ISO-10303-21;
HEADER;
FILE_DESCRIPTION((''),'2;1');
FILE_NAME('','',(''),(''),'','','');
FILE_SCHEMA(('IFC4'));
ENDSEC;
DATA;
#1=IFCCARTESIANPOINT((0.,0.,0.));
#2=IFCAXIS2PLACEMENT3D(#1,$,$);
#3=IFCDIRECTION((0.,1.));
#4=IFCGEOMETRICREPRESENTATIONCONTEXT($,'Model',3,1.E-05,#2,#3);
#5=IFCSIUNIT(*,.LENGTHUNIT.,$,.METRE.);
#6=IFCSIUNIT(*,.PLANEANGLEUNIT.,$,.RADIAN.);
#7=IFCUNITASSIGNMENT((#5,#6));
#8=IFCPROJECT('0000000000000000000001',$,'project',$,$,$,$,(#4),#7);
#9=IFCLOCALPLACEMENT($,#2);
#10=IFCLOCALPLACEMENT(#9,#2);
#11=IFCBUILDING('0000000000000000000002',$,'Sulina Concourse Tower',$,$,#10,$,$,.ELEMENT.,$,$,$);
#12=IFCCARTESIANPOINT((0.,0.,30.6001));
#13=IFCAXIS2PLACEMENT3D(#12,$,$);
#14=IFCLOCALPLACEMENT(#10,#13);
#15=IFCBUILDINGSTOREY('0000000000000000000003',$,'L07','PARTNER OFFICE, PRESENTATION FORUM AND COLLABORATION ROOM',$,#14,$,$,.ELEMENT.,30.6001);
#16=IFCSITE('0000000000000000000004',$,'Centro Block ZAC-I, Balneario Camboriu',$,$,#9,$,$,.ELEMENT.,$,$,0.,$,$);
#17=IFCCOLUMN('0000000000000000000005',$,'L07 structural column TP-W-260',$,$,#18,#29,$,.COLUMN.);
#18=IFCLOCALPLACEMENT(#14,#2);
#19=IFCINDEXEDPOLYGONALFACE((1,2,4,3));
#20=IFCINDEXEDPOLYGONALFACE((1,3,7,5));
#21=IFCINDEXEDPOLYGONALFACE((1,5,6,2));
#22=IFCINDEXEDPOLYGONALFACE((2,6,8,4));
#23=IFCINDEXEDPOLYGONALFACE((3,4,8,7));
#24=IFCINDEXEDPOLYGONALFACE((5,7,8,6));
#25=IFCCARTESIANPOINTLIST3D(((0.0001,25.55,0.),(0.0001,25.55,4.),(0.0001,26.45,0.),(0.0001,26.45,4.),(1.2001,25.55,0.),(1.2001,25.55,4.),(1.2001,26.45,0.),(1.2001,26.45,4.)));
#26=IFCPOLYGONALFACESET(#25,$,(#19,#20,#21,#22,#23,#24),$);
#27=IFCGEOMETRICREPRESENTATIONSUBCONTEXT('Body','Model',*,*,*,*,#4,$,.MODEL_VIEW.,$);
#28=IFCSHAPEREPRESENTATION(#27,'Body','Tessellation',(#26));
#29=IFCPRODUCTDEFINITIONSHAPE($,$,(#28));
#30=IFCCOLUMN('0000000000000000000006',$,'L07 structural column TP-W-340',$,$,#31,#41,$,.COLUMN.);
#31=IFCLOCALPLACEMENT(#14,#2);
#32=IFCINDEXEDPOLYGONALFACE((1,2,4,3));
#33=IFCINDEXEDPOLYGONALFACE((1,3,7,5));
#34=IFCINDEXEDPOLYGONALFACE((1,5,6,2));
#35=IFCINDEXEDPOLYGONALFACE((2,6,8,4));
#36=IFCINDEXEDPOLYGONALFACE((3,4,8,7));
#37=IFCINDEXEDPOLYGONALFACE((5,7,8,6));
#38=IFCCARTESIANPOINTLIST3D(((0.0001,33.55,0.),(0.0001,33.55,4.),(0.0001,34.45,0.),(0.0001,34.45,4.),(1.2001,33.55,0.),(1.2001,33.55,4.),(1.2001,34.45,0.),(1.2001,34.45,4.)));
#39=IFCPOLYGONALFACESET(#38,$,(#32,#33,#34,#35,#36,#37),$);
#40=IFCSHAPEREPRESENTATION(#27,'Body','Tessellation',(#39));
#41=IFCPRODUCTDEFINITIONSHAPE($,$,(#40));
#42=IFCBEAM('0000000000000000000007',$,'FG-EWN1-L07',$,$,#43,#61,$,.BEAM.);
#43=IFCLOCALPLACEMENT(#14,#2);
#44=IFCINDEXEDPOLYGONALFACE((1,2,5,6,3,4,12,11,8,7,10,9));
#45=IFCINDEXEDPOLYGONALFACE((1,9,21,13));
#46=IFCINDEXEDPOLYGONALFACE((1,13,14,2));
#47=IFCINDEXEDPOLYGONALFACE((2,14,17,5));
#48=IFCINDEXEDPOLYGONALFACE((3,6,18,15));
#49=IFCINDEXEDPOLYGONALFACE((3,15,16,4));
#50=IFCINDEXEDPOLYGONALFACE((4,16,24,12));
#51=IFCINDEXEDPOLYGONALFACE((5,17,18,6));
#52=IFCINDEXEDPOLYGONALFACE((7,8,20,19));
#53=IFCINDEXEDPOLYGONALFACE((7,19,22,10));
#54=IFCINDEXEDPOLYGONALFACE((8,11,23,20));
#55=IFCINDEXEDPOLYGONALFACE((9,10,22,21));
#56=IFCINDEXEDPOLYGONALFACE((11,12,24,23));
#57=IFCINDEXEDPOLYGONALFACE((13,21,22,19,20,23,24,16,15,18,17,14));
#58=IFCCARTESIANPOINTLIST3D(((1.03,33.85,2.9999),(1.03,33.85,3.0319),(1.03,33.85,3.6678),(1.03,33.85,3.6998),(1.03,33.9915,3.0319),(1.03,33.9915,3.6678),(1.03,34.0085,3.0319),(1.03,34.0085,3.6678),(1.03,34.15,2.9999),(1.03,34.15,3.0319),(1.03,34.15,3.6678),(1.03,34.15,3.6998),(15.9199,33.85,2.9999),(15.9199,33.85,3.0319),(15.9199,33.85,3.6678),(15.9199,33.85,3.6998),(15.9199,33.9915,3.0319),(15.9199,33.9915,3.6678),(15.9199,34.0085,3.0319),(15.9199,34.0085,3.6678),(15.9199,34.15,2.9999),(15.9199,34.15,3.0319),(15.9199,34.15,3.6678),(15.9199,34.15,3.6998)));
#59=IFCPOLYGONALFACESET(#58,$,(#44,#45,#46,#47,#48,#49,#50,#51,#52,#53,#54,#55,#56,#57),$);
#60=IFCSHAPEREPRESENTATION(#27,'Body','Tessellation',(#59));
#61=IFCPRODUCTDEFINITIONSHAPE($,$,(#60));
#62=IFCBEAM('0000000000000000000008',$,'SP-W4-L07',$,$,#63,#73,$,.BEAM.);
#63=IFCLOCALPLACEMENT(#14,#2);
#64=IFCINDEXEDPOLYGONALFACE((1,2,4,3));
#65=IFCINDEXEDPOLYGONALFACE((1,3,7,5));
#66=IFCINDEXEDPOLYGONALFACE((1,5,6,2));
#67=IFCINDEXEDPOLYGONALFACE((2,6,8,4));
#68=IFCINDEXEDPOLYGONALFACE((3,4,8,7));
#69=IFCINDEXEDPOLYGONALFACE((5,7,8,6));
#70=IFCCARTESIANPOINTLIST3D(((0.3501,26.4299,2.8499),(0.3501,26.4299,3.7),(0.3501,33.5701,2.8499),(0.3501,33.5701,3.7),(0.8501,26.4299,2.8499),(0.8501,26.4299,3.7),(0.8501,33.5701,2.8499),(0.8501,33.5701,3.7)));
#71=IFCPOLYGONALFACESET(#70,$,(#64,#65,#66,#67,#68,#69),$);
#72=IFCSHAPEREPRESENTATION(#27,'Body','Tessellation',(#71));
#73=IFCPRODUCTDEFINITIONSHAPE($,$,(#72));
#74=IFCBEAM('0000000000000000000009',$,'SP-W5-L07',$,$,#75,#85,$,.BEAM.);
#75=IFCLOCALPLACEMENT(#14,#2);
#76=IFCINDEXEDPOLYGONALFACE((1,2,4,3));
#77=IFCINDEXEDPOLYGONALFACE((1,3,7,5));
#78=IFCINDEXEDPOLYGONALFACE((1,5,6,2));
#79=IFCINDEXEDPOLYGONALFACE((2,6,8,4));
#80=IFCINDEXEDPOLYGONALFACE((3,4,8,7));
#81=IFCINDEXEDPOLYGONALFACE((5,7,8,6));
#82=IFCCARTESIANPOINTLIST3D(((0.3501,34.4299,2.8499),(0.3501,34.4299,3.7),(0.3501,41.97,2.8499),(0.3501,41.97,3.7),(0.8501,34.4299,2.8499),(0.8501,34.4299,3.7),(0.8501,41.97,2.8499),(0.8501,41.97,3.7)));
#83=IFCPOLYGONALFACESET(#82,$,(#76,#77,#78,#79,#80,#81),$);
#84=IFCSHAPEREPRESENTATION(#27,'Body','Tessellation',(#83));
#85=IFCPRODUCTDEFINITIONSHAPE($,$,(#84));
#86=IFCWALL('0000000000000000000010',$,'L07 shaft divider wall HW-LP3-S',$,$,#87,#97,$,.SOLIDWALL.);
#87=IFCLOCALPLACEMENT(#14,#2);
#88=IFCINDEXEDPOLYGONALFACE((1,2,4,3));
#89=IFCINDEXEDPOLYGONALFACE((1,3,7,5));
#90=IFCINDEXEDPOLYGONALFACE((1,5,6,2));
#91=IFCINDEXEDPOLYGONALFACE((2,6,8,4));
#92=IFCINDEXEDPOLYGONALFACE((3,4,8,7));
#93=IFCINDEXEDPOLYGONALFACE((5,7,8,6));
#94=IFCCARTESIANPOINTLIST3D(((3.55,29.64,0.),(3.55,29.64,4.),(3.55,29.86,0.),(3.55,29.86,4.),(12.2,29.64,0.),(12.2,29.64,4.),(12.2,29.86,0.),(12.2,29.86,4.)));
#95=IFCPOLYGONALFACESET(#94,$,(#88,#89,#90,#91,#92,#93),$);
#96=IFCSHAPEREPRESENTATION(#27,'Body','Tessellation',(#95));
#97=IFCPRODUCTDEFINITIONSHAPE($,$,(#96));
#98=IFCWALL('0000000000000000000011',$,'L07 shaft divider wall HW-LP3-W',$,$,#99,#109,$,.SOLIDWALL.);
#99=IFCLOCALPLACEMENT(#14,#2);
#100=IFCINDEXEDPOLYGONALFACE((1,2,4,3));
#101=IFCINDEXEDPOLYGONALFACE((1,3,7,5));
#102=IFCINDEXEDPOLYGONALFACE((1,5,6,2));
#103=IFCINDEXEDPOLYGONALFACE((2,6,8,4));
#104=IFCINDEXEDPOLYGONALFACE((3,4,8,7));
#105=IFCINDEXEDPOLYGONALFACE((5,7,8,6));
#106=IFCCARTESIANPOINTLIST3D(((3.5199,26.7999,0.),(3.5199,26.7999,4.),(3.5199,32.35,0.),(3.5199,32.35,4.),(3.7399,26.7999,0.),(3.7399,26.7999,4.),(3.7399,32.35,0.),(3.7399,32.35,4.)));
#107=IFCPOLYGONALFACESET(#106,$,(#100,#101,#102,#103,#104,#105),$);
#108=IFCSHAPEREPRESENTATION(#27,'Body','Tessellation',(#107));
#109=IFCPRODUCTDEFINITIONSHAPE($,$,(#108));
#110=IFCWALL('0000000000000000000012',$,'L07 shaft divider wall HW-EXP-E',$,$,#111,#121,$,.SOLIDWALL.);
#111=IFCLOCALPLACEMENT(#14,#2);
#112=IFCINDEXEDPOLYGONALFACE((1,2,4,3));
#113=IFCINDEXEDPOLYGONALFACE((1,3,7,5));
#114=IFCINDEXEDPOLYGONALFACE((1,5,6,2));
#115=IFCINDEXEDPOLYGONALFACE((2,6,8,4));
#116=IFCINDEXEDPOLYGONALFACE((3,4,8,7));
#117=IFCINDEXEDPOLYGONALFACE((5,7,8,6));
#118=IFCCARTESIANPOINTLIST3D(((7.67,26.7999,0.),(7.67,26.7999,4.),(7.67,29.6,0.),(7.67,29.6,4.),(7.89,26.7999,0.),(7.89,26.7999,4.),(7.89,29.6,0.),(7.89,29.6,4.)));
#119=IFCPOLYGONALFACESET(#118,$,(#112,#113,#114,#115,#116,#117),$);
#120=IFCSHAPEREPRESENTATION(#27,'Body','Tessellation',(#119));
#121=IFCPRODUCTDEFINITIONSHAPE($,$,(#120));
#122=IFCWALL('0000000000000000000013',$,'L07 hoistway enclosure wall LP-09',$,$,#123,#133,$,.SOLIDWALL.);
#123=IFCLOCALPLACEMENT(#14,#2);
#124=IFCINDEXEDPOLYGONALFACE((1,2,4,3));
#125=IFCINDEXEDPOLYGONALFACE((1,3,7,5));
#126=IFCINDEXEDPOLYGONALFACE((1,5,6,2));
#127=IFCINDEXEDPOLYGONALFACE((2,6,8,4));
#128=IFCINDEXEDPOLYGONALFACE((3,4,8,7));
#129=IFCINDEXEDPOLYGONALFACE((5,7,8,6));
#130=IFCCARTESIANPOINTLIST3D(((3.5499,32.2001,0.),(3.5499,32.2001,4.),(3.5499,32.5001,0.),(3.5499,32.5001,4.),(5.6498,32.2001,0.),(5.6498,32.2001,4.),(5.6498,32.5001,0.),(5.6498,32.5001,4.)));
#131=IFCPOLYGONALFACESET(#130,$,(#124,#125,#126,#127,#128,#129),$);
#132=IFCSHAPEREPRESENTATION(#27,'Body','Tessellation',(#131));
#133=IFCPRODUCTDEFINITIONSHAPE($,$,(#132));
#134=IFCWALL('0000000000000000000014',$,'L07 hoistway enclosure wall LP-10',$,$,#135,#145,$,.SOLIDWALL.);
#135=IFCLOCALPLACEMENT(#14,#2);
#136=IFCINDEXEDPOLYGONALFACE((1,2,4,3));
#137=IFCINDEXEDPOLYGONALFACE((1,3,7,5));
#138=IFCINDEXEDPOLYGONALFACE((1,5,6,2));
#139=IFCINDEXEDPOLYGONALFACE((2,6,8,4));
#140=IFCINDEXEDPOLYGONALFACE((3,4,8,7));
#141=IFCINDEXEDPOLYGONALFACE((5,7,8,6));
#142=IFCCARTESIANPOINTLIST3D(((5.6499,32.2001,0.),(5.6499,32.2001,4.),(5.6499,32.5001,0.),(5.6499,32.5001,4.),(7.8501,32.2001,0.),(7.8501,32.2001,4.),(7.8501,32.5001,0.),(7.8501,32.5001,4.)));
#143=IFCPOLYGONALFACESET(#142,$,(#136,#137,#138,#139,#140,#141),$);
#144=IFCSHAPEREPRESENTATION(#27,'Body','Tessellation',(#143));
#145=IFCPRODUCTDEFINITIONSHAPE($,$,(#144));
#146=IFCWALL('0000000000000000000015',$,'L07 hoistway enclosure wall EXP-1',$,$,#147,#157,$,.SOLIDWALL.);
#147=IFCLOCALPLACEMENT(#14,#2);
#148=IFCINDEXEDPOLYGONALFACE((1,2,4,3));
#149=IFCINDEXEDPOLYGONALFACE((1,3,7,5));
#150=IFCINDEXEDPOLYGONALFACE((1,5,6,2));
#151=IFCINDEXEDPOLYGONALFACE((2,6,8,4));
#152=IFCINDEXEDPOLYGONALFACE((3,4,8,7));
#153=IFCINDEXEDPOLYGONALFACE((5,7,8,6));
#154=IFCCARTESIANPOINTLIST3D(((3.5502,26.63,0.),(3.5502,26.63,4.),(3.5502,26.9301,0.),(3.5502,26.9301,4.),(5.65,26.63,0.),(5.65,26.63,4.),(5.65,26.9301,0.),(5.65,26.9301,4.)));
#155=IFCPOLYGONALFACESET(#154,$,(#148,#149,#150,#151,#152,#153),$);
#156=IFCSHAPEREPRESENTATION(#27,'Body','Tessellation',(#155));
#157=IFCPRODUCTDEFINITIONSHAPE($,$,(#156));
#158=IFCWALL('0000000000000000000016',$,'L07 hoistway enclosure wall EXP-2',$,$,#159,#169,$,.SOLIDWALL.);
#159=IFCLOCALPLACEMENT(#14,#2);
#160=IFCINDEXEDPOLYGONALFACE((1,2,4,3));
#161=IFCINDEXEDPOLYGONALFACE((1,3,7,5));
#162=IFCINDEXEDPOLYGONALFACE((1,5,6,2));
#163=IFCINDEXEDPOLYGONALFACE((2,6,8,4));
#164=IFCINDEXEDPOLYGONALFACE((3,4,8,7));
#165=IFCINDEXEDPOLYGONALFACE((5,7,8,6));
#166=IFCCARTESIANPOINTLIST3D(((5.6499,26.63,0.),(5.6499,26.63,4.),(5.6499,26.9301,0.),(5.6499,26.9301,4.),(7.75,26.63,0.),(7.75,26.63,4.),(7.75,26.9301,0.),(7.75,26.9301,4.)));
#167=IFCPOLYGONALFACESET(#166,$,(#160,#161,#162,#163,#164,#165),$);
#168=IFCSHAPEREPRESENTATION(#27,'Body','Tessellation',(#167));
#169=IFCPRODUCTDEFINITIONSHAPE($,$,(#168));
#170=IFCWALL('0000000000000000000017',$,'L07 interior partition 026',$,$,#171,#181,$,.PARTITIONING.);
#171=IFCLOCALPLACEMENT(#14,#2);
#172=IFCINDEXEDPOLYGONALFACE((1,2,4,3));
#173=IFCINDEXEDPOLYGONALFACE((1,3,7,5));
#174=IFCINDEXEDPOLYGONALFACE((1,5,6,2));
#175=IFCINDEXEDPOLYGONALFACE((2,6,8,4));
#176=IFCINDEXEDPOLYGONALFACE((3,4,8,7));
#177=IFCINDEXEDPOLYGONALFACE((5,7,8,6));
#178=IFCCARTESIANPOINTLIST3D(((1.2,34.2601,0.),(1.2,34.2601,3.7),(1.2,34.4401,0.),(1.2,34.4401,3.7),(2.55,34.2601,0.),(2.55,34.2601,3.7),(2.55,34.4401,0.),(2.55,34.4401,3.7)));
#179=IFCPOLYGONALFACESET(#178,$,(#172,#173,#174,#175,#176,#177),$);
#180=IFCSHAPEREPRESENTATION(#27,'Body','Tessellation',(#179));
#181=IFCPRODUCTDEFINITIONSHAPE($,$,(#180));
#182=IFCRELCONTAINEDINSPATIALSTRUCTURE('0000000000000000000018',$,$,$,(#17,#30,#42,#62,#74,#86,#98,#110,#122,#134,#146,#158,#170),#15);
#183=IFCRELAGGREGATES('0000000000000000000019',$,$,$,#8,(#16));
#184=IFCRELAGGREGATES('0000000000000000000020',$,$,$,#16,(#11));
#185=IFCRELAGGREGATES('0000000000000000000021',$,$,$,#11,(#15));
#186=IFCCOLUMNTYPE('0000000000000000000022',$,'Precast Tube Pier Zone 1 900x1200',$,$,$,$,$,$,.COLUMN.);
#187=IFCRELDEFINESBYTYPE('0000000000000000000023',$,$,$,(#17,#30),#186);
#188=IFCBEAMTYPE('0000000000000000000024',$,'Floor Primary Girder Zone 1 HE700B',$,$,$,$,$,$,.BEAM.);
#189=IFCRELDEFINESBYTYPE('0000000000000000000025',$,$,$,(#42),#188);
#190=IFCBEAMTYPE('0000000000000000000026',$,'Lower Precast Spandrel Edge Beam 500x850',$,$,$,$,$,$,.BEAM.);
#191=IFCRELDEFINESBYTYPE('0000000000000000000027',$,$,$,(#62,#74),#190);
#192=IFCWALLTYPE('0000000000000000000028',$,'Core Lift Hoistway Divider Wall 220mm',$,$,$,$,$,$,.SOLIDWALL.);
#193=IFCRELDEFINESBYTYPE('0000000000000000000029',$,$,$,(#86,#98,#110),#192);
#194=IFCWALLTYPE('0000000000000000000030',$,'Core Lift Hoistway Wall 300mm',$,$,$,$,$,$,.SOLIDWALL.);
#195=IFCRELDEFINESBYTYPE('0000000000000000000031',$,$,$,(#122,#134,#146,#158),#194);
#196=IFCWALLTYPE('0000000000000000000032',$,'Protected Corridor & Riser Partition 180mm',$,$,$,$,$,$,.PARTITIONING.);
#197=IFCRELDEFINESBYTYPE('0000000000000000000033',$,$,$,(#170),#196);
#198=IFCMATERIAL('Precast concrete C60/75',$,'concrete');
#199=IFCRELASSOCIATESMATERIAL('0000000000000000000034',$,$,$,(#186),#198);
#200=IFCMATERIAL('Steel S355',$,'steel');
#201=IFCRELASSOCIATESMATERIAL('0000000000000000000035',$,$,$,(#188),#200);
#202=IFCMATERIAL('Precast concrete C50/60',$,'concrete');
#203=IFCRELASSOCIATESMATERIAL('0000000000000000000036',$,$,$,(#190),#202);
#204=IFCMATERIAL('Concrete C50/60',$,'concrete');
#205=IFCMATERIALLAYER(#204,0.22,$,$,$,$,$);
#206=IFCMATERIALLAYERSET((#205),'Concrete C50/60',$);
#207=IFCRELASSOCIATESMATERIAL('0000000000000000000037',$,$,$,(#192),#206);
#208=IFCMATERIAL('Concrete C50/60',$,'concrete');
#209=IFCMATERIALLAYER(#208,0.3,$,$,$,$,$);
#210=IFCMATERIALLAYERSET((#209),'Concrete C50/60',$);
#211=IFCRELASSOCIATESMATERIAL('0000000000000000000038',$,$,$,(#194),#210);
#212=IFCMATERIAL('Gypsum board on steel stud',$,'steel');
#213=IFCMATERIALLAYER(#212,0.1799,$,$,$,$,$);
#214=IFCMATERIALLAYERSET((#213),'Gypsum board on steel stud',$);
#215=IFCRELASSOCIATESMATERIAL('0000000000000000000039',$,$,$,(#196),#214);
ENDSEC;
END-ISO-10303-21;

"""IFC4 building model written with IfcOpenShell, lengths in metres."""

from ifc_helpers import new_model, si_unit, direction, frame, frame_2d, origin, origin_2d, place, context, subcontext, project, spatial, rectangle, i_section, extrude, material, layer, layer_set, material_profile, profile_set, type_object, element, save


model = new_model("IFC4")

# Units and contexts
model_context = context("Model", 3, precision=1e-05, world=origin(), true_north=direction((0.0, 1.0)))
body_context = subcontext(model_context, "Body", "Model", "MODEL_VIEW")
ifc_project = project(units=[si_unit("LENGTHUNIT", "METRE"), si_unit("PLANEANGLEUNIT", "RADIAN")], contexts=[model_context])

# Site, building, storey
site_placement = place(None, origin())
site = spatial("IfcSite", under=ifc_project, at=site_placement, Name="Centro Block ZAC-I, Balneario Camboriu", CompositionType="ELEMENT", RefElevation=0.0)
building_placement = place(site_placement, origin())
building = spatial("IfcBuilding", under=site, at=building_placement, Name="Sulina Concourse Tower", CompositionType="ELEMENT")
storey_placement = place(building_placement, frame((0.0, 0.0, 30.6001)))
storey = spatial("IfcBuildingStorey", under=building, at=storey_placement, Name="L07", Description="PARTNER OFFICE, PRESENTATION FORUM AND COLLABORATION ROOM", CompositionType="ELEMENT", Elevation=30.6001)

# Columns
ifc_material_1 = material(Name="Precast concrete C60/75", Category="concrete")
ifc_material_profile_1 = material_profile(ifc_material_1, rectangle(XDim=0.8999, YDim=1.2, at=origin_2d()), Name="PC 900x1200")
ifc_profile_set_1 = profile_set([ifc_material_profile_1], Name="Precast concrete C60/75")
column_type = type_object("IfcColumnType", Name="Precast Tube Pier Zone 1 900x1200", PredefinedType="COLUMN", material=ifc_profile_set_1)
for number, where, z_axis, x_axis, name in (
    (1, (0.6001, 26.0, 0.0), (0.0, 0.0, 1.0), (0.0, 1.0, 0.0), "L07 structural column TP-W-260"),
    (2, (0.6001, 34.0, 0.0), (0.0, 0.0, 1.0), (0.0, 1.0, 0.0), "L07 structural column TP-W-340"),
):
    element("IfcColumn", number, at=place(storey_placement, frame(where, z_axis=z_axis, x_axis=x_axis)), inside=storey, type_object=column_type, Name=name, PredefinedType="COLUMN", context=body_context, shape_type="SweptSolid", body=[
        extrude(rectangle(XDim=0.8999, YDim=1.2, at=origin_2d()), origin(), (0.0, 0.0, 1.0), 4.0),
    ])

# Beams
ifc_material_2 = material(Name="Steel S355", Category="steel")
ifc_material_profile_2 = material_profile(ifc_material_2, i_section(OverallWidth=0.3, OverallDepth=0.7, WebThickness=0.0171, FlangeThickness=0.032, at=origin_2d()), Name="HE 700 B")
ifc_profile_set_2 = profile_set([ifc_material_profile_2], Name="Steel S355")
beam_type_1 = type_object("IfcBeamType", Name="Floor Primary Girder Zone 1 HE700B", PredefinedType="BEAM", material=ifc_profile_set_2)
beam_1_placement = place(storey_placement, frame((1.03, 34.0, 3.3499), z_axis=(1.0, 0.0, 0.0), x_axis=(0.0, 1.0, 0.0)))
element("IfcBeam", 3, at=beam_1_placement, inside=storey, type_object=beam_type_1, Name="FG-EWN1-L07", PredefinedType="BEAM", context=body_context, shape_type="SweptSolid", body=[
    extrude(i_section(OverallWidth=0.3, OverallDepth=0.7, WebThickness=0.0171, FlangeThickness=0.032, at=origin_2d()), origin(), (0.0, 0.0, 1.0), 14.8899),
])
ifc_material_3 = material(Name="Precast concrete C50/60", Category="concrete")
ifc_material_profile_3 = material_profile(ifc_material_3, rectangle(XDim=0.5, YDim=0.8501, at=origin_2d()), Name="RC 500x850")
ifc_profile_set_3 = profile_set([ifc_material_profile_3], Name="Precast concrete C50/60")
beam_type_2 = type_object("IfcBeamType", Name="Lower Precast Spandrel Edge Beam 500x850", PredefinedType="BEAM", material=ifc_profile_set_3)
beam_2_placement = place(storey_placement, frame((0.6001, 26.4299, 3.2749), z_axis=(0.0, 1.0, 0.0), x_axis=(-1.0, 0.0, 0.0)))
element("IfcBeam", 4, at=beam_2_placement, inside=storey, type_object=beam_type_2, Name="SP-W4-L07", PredefinedType="BEAM", context=body_context, shape_type="SweptSolid", body=[
    extrude(rectangle(XDim=0.5, YDim=0.8501, at=origin_2d()), origin(), (0.0, 0.0, 1.0), 7.1401),
])
beam_3_placement = place(storey_placement, frame((0.6001, 34.4299, 3.2749), z_axis=(0.0, 1.0, 0.0), x_axis=(-1.0, 0.0, 0.0)))
element("IfcBeam", 5, at=beam_3_placement, inside=storey, type_object=beam_type_2, Name="SP-W5-L07", PredefinedType="BEAM", context=body_context, shape_type="SweptSolid", body=[
    extrude(rectangle(XDim=0.5, YDim=0.8501, at=origin_2d()), origin(), (0.0, 0.0, 1.0), 7.54),
])

# Walls
ifc_material_4 = material(Name="Concrete C50/60", Category="concrete")
ifc_layer_1 = layer(ifc_material_4, 0.22)
ifc_layer_set_1 = layer_set([ifc_layer_1], Name="Concrete C50/60")
wall_type_1 = type_object("IfcWallType", Name="Core Lift Hoistway Divider Wall 220mm", PredefinedType="SOLIDWALL", material=ifc_layer_set_1)
wall_1_placement = place(storey_placement, frame((3.55, 29.75, 0.0), z_axis=(0.0, 0.0, 1.0), x_axis=(1.0, 0.0, 0.0)))
element("IfcWall", 6, at=wall_1_placement, inside=storey, type_object=wall_type_1, Name="L07 shaft divider wall HW-LP3-S", PredefinedType="SOLIDWALL", context=body_context, shape_type="SweptSolid", body=[
    extrude(rectangle(XDim=8.6499, YDim=0.22, at=frame_2d((4.325, 0.0))), origin(), (0.0, 0.0, 1.0), 4.0),
])
wall_2_placement = place(storey_placement, frame((3.6299, 26.8, 0.0), z_axis=(0.0, 0.0, 1.0), x_axis=(0.0, 1.0, 0.0)))
element("IfcWall", 7, at=wall_2_placement, inside=storey, type_object=wall_type_1, Name="L07 shaft divider wall HW-LP3-W", PredefinedType="SOLIDWALL", context=body_context, shape_type="SweptSolid", body=[
    extrude(rectangle(XDim=5.55, YDim=0.22, at=frame_2d((2.7749, 0.0))), origin(), (0.0, 0.0, 1.0), 4.0),
])
wall_3_placement = place(storey_placement, frame((7.78, 26.8, 0.0), z_axis=(0.0, 0.0, 1.0), x_axis=(0.0, 1.0, 0.0)))
element("IfcWall", 8, at=wall_3_placement, inside=storey, type_object=wall_type_1, Name="L07 shaft divider wall HW-EXP-E", PredefinedType="SOLIDWALL", context=body_context, shape_type="SweptSolid", body=[
    extrude(rectangle(XDim=2.8, YDim=0.22, at=frame_2d((1.3999, 0.0))), origin(), (0.0, 0.0, 1.0), 4.0),
])
ifc_material_5 = material(Name="Concrete C50/60", Category="concrete")
ifc_layer_2 = layer(ifc_material_5, 0.3)
ifc_layer_set_2 = layer_set([ifc_layer_2], Name="Concrete C50/60")
wall_type_2 = type_object("IfcWallType", Name="Core Lift Hoistway Wall 300mm", PredefinedType="SOLIDWALL", material=ifc_layer_set_2)
wall_4_placement = place(storey_placement, frame((3.55, 32.3501, 0.0), z_axis=(0.0, 0.0, 1.0), x_axis=(1.0, 0.0, 0.0)))
element("IfcWall", 9, at=wall_4_placement, inside=storey, type_object=wall_type_2, Name="L07 hoistway enclosure wall LP-09", PredefinedType="SOLIDWALL", context=body_context, shape_type="SweptSolid", body=[
    extrude(rectangle(XDim=2.0999, YDim=0.3, at=frame_2d((1.0498, 0.0))), origin(), (0.0, 0.0, 1.0), 4.0),
])
wall_5_placement = place(storey_placement, frame((5.6499, 32.3501, 0.0), z_axis=(0.0, 0.0, 1.0), x_axis=(1.0, 0.0, 0.0)))
element("IfcWall", 10, at=wall_5_placement, inside=storey, type_object=wall_type_2, Name="L07 hoistway enclosure wall LP-10", PredefinedType="SOLIDWALL", context=body_context, shape_type="SweptSolid", body=[
    extrude(rectangle(XDim=2.2002, YDim=0.3, at=frame_2d((1.1001, 0.0))), origin(), (0.0, 0.0, 1.0), 4.0),
])
wall_6_placement = place(storey_placement, frame((5.6499, 26.78, 0.0), z_axis=(0.0, 0.0, 1.0), x_axis=(-1.0, 0.0, 0.0)))
element("IfcWall", 11, at=wall_6_placement, inside=storey, type_object=wall_type_2, Name="L07 hoistway enclosure wall EXP-1", PredefinedType="SOLIDWALL", context=body_context, shape_type="SweptSolid", body=[
    extrude(rectangle(XDim=2.0999, YDim=0.3, at=frame_2d((1.0498, 0.0))), origin(), (0.0, 0.0, 1.0), 4.0),
])
wall_7_placement = place(storey_placement, frame((7.75, 26.78, 0.0), z_axis=(0.0, 0.0, 1.0), x_axis=(-1.0, 0.0, 0.0)))
element("IfcWall", 12, at=wall_7_placement, inside=storey, type_object=wall_type_2, Name="L07 hoistway enclosure wall EXP-2", PredefinedType="SOLIDWALL", context=body_context, shape_type="SweptSolid", body=[
    extrude(rectangle(XDim=2.1001, YDim=0.3, at=frame_2d((1.05, 0.0))), origin(), (0.0, 0.0, 1.0), 4.0),
])
ifc_material_6 = material(Name="Gypsum board on steel stud", Category="steel")
ifc_layer_3 = layer(ifc_material_6, 0.1799)
ifc_layer_set_3 = layer_set([ifc_layer_3], Name="Gypsum board on steel stud")
wall_type_3 = type_object("IfcWallType", Name="Protected Corridor & Riser Partition 180mm", PredefinedType="PARTITIONING", material=ifc_layer_set_3)
wall_8_placement = place(storey_placement, frame((1.2, 34.3501, 0.0), z_axis=(0.0, 0.0, 1.0), x_axis=(1.0, 0.0, 0.0)))
element("IfcWall", 13, at=wall_8_placement, inside=storey, type_object=wall_type_3, Name="L07 interior partition 026", PredefinedType="PARTITIONING", context=body_context, shape_type="SweptSolid", body=[
    extrude(rectangle(XDim=1.3501, YDim=0.1799, at=frame_2d((0.675, 0.0))), origin(), (0.0, 0.0, 1.0), 3.7),
])

save(model, "model.ifc")
